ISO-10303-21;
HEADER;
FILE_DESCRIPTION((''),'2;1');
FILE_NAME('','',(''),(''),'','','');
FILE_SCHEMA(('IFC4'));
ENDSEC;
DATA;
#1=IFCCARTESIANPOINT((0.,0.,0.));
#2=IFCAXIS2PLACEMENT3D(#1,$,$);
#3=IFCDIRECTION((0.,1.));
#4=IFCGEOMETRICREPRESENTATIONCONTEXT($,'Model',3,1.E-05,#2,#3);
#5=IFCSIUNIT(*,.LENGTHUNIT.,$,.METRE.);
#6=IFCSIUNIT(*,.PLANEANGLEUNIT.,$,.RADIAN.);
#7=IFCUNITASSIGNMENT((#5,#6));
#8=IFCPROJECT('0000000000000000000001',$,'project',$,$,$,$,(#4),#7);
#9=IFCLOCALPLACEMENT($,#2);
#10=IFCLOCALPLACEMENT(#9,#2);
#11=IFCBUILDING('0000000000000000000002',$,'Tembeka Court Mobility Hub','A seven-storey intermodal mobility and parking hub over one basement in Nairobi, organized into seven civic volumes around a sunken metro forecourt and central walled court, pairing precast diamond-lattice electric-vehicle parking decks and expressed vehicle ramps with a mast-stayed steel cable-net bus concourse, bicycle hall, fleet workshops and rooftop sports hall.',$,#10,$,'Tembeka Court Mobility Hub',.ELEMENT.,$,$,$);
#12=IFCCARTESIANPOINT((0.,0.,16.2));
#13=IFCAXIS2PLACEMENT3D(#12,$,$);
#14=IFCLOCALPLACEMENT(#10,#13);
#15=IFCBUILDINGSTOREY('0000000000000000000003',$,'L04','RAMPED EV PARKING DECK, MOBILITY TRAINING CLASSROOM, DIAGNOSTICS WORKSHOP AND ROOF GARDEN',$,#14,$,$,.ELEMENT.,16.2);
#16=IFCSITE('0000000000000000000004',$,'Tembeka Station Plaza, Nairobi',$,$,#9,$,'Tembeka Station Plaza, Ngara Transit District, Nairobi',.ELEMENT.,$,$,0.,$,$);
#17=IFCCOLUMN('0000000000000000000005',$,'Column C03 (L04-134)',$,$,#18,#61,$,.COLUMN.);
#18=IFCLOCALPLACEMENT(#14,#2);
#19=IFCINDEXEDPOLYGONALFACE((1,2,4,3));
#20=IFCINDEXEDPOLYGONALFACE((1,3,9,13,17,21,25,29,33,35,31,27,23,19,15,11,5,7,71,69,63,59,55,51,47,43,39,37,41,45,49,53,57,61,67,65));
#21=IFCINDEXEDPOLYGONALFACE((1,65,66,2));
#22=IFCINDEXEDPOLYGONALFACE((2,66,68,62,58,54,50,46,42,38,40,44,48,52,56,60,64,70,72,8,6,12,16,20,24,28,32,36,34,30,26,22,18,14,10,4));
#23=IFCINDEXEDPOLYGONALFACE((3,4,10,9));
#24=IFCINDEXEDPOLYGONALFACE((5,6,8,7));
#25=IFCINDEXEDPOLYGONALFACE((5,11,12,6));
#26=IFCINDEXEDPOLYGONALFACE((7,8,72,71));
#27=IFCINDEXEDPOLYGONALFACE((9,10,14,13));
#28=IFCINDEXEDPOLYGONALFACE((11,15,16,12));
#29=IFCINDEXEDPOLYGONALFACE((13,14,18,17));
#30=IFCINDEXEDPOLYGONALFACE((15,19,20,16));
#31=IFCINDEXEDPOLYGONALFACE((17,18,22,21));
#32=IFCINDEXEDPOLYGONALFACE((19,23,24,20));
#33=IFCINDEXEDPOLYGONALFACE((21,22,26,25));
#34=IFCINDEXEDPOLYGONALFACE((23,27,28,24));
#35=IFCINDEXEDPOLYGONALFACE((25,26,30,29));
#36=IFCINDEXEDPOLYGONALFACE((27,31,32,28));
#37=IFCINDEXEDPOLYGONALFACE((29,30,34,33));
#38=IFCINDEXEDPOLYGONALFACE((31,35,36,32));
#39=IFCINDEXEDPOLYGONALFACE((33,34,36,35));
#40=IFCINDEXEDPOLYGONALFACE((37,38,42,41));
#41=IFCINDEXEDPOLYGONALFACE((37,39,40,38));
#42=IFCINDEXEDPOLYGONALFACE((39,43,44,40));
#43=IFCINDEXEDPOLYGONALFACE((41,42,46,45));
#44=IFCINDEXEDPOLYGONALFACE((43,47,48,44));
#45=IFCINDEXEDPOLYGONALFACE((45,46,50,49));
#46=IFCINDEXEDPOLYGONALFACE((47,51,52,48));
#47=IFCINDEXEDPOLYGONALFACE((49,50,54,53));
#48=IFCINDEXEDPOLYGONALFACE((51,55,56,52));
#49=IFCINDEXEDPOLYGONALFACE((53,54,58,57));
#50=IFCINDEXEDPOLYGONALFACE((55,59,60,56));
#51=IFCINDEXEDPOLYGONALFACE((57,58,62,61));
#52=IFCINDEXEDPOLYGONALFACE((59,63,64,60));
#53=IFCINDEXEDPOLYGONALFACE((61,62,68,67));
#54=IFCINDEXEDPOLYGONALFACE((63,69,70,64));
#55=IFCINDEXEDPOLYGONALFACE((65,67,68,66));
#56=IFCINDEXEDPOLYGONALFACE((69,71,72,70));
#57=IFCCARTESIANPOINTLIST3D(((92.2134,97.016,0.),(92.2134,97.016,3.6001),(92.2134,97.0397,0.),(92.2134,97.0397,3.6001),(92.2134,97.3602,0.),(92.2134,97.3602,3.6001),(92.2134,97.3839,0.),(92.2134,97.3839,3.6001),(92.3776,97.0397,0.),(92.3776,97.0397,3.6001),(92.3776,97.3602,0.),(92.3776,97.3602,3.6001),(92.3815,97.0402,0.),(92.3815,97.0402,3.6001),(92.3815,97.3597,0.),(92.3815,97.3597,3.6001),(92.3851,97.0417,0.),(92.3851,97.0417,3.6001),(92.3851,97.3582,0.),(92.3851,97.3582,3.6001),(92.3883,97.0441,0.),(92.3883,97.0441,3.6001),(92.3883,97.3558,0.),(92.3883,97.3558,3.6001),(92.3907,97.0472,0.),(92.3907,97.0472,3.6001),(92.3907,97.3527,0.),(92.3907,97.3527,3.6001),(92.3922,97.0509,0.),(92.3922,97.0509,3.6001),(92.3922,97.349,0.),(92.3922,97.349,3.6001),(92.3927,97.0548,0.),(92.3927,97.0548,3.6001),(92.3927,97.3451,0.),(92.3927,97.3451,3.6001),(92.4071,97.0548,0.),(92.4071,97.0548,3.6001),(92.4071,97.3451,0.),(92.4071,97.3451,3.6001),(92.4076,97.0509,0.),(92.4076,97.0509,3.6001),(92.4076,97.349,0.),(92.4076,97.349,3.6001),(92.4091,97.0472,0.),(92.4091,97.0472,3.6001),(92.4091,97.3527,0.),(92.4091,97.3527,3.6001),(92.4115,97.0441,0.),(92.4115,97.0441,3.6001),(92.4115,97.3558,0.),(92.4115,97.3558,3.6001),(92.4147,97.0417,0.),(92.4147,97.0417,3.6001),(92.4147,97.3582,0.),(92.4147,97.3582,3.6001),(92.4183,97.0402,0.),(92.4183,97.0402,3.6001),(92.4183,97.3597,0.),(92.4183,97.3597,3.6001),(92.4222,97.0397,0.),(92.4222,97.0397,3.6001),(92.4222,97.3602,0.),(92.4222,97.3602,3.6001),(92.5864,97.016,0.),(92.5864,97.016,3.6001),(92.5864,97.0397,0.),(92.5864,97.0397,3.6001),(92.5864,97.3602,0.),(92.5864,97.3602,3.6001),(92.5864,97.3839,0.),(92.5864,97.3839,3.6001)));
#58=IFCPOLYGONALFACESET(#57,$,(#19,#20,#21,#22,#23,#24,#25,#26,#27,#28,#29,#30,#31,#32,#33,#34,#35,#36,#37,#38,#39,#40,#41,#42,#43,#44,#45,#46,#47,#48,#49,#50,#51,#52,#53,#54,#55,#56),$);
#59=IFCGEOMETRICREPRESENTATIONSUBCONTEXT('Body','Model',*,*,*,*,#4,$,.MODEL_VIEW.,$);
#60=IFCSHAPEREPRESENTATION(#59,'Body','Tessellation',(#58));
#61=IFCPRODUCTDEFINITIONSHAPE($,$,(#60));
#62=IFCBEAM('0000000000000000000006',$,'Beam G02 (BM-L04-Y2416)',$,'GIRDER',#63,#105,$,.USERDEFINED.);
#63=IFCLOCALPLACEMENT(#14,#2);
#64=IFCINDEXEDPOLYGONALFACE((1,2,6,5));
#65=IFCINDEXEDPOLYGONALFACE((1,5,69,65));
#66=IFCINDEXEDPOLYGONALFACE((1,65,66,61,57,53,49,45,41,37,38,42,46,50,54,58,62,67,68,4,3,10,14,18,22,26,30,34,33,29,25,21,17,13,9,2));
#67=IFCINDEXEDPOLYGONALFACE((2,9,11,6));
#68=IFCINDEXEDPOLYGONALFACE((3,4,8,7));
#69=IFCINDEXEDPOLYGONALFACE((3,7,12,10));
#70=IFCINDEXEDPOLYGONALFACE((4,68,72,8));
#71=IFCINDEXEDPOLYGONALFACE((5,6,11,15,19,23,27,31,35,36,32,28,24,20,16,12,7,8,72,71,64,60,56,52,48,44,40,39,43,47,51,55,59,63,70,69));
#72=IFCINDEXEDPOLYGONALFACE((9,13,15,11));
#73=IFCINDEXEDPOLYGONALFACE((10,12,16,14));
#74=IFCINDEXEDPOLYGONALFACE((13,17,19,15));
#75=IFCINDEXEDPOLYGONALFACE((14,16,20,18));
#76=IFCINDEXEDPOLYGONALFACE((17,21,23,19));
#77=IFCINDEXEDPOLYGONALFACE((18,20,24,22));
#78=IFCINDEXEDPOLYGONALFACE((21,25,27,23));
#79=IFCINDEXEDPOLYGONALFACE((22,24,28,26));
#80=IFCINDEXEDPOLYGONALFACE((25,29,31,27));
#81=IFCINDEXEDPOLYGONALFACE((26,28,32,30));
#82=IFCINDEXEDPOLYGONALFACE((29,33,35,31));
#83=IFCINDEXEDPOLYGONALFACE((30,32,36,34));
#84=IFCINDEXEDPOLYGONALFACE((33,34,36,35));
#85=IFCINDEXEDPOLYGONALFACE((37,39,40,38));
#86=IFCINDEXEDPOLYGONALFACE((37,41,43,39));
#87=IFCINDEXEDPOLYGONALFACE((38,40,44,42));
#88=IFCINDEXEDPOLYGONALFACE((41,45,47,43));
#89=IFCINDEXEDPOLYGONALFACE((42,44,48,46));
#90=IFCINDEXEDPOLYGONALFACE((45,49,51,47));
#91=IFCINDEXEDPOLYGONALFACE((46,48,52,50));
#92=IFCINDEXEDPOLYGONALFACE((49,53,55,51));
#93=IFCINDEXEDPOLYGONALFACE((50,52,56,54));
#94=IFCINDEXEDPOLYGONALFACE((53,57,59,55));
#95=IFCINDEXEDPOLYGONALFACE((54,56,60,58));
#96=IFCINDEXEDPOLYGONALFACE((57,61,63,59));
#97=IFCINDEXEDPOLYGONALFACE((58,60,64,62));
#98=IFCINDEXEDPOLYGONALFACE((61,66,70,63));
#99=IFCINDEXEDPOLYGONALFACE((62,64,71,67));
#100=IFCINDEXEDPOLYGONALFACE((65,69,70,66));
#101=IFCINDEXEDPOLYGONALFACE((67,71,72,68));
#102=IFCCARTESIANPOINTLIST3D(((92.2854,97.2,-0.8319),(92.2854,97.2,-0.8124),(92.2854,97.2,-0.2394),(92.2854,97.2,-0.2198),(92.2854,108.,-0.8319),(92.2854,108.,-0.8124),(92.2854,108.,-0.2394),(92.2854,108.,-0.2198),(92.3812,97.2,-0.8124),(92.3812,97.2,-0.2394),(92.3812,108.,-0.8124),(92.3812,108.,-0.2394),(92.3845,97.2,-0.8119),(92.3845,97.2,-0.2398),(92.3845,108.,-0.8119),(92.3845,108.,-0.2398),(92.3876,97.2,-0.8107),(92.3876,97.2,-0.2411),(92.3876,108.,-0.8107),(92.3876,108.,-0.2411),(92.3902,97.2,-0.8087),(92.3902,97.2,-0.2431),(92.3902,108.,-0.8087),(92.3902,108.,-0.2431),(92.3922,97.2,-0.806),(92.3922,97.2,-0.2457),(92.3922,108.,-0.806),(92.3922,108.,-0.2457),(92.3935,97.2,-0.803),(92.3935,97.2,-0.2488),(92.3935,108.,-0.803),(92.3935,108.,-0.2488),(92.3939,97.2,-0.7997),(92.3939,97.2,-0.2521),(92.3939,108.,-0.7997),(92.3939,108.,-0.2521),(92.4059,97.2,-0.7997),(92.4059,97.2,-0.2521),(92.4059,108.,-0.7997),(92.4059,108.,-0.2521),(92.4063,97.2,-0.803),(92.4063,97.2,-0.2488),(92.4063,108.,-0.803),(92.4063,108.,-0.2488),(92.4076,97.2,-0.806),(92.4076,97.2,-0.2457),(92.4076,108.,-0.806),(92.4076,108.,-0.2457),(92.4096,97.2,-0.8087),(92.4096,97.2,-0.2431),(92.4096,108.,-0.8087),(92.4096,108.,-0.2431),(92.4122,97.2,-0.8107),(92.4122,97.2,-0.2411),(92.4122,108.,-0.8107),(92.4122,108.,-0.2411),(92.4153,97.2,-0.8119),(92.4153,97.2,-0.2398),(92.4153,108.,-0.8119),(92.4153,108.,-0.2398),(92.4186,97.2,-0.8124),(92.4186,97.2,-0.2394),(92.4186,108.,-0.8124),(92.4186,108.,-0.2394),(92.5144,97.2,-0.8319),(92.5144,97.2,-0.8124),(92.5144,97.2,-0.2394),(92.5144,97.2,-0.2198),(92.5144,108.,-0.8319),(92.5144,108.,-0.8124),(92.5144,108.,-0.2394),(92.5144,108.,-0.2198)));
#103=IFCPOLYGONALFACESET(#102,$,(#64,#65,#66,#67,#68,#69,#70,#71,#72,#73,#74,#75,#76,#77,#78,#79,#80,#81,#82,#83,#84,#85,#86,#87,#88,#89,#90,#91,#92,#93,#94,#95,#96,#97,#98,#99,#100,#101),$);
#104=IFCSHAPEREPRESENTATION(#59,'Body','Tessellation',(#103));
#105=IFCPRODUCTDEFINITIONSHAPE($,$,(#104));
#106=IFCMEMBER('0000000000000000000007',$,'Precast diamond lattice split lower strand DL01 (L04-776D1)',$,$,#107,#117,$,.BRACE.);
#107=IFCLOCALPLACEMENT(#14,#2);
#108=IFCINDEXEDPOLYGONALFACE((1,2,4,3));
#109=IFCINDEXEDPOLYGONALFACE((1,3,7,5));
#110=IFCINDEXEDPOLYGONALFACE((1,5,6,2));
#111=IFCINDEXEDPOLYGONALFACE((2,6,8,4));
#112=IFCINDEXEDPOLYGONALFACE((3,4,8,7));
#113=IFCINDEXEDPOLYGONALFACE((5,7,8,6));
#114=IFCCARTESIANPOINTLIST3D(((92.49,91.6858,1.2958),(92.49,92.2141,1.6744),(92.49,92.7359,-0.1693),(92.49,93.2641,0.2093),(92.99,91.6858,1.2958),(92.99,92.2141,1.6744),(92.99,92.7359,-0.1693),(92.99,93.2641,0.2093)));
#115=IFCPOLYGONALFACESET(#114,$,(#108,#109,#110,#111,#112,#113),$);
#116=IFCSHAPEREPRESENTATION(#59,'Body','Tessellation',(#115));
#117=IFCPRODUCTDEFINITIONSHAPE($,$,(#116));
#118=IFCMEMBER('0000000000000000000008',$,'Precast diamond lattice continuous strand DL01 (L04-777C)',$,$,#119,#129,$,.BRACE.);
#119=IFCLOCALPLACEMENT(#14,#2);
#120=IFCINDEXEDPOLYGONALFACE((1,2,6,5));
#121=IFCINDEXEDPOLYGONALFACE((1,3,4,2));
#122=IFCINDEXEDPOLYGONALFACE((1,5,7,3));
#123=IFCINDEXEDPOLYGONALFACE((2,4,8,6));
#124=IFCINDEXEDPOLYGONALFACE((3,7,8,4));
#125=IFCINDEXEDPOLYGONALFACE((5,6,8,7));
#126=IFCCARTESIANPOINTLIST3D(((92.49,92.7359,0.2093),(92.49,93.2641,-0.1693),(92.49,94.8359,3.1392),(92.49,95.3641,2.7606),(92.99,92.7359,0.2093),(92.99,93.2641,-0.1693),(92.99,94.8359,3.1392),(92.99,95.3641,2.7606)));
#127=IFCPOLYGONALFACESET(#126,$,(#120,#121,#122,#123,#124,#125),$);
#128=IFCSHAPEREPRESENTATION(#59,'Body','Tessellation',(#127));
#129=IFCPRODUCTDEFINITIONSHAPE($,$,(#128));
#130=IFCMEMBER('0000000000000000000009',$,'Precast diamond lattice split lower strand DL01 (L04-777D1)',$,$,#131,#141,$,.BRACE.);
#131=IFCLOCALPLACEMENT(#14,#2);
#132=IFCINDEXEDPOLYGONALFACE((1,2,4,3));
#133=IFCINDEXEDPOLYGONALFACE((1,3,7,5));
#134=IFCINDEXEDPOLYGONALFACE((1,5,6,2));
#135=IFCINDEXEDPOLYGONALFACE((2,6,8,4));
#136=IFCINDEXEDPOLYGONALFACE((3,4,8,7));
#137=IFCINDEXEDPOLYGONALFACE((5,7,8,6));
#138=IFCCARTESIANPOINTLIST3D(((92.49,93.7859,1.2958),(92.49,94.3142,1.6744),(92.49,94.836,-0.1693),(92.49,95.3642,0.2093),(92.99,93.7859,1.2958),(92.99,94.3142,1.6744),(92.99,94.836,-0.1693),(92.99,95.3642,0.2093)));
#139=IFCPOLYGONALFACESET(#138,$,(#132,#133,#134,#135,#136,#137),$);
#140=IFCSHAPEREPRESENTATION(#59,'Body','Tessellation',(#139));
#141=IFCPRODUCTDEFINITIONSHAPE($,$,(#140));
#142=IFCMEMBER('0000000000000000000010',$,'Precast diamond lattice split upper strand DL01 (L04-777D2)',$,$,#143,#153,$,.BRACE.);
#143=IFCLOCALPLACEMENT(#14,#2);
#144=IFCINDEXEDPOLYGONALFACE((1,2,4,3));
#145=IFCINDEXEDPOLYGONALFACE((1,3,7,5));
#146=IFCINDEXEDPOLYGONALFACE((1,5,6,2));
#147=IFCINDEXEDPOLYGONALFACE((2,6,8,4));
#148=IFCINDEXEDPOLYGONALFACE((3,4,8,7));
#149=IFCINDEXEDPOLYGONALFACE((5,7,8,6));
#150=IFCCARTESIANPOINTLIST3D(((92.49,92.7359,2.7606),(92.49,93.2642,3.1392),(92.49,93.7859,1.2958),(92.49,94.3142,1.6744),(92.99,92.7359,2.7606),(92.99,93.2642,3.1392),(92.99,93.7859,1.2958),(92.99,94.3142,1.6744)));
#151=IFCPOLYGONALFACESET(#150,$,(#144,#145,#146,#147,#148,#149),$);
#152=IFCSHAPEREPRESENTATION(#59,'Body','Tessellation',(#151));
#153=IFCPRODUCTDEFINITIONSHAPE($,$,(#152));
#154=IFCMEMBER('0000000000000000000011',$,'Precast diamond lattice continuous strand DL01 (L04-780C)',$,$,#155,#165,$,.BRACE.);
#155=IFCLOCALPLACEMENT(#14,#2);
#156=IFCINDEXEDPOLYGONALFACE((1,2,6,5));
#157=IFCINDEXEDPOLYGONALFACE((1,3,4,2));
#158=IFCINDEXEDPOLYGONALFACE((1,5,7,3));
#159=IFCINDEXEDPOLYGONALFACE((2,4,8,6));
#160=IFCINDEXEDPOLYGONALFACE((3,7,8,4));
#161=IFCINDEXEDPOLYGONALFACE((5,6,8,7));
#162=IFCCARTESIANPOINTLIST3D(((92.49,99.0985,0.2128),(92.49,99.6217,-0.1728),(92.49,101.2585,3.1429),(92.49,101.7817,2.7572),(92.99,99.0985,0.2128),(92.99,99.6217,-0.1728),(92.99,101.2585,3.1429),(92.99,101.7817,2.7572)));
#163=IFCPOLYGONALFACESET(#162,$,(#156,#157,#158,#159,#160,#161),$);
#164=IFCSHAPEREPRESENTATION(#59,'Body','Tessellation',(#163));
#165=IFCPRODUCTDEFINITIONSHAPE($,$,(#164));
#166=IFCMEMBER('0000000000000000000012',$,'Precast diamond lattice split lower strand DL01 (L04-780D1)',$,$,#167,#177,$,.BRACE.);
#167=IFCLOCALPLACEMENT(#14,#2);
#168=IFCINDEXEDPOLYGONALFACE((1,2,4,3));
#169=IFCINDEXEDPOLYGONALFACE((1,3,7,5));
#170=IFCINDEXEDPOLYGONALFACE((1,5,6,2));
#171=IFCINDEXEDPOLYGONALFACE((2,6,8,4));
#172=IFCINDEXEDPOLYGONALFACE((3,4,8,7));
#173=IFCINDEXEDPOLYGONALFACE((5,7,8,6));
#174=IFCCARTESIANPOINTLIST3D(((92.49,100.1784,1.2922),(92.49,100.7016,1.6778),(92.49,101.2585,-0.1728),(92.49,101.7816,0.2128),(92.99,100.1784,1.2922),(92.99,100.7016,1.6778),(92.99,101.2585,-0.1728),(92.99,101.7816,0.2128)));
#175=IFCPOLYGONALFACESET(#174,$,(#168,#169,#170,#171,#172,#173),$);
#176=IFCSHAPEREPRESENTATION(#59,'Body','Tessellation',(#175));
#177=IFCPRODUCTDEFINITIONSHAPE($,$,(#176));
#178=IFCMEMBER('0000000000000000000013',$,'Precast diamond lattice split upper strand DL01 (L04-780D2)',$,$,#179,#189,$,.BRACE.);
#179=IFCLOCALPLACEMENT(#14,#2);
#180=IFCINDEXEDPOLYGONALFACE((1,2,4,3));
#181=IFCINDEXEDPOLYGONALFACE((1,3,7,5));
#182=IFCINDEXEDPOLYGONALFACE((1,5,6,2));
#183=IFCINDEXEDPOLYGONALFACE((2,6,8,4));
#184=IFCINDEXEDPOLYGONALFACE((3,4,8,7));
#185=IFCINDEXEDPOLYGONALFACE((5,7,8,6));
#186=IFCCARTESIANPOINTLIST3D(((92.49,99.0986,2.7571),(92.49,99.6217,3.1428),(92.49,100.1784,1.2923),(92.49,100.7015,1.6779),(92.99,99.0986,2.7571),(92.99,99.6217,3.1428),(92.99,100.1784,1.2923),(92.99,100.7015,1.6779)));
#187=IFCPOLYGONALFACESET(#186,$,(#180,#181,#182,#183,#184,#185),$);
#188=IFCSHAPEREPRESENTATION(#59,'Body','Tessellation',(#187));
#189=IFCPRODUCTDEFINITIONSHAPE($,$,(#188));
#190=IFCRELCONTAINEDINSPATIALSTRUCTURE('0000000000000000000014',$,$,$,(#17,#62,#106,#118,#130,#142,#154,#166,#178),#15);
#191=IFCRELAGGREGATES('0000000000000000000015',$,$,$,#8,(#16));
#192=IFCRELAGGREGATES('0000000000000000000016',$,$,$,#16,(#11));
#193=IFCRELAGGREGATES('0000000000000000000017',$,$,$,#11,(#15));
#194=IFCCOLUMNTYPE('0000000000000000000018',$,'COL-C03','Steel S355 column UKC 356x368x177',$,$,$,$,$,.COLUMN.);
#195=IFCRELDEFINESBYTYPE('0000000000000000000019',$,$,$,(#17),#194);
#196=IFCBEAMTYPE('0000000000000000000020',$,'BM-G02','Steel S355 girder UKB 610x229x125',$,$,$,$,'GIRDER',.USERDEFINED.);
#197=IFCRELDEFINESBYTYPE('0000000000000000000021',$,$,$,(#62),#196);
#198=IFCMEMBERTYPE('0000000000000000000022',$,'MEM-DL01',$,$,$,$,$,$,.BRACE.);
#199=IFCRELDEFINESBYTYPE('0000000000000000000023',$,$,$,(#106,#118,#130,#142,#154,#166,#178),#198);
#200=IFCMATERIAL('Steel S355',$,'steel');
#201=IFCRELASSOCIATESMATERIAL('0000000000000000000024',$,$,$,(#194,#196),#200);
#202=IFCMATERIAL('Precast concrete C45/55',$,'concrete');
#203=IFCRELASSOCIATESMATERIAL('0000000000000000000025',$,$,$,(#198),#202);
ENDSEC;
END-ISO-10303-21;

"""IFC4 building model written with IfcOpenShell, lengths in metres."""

from ifc_helpers import new_model, si_unit, direction, frame, origin, origin_2d, place, context, subcontext, project, spatial, rectangle, i_section, extrude, material, material_profile, profile_set, type_object, element, save


model = new_model("IFC4")

# Units and contexts
model_context = context("Model", 3, precision=1e-05, world=origin(), true_north=direction((0.0, 1.0)))
body_context = subcontext(model_context, "Body", "Model", "MODEL_VIEW")
ifc_project = project(units=[si_unit("LENGTHUNIT", "METRE"), si_unit("PLANEANGLEUNIT", "RADIAN")], contexts=[model_context])

# Site, building, storey
site_placement = place(None, origin())
site = spatial("IfcSite", under=ifc_project, at=site_placement, Name="Tembeka Station Plaza, Nairobi", LongName="Tembeka Station Plaza, Ngara Transit District, Nairobi", CompositionType="ELEMENT", RefElevation=0.0)
building_placement = place(site_placement, origin())
building = spatial("IfcBuilding", under=site, at=building_placement, Name="Tembeka Court Mobility Hub", Description="A seven-storey intermodal mobility and parking hub over one basement in Nairobi, organized into seven civic volumes around a sunken metro forecourt and central walled court, pairing precast diamond-lattice electric-vehicle parking decks and expressed vehicle ramps with a mast-stayed steel cable-net bus concourse, bicycle hall, fleet workshops and rooftop sports hall.", LongName="Tembeka Court Mobility Hub", CompositionType="ELEMENT")
storey_placement = place(building_placement, frame((0.0, 0.0, 16.2)))
storey = spatial("IfcBuildingStorey", under=building, at=storey_placement, Name="L04", Description="RAMPED EV PARKING DECK, MOBILITY TRAINING CLASSROOM, DIAGNOSTICS WORKSHOP AND ROOF GARDEN", CompositionType="ELEMENT", Elevation=16.2)

# Column
ifc_material_1 = material(Name="Steel S355", Category="steel")
ifc_material_profile_1 = material_profile(ifc_material_1, i_section(OverallWidth=0.373, OverallDepth=0.3679, WebThickness=0.0144, FlangeThickness=0.0237, FilletRadius=0.0151, at=origin_2d()), Name="UKC 356x368x177")
ifc_profile_set_1 = profile_set([ifc_material_profile_1], Name="Steel S355")
column_type = type_object("IfcColumnType", Name="COL-C03", Description="Steel S355 column UKC 356x368x177", PredefinedType="COLUMN", material=ifc_profile_set_1)
column_placement = place(storey_placement, frame((92.3999, 97.2, 0.0), z_axis=(0.0, 0.0, 1.0), x_axis=(1.0, 0.0, 0.0)))
element("IfcColumn", 1, at=column_placement, inside=storey, type_object=column_type, Name="Column C03 (L04-134)", PredefinedType="COLUMN", context=body_context, shape_type="SweptSolid", body=[
    extrude(i_section(OverallWidth=0.373, OverallDepth=0.3679, WebThickness=0.0144, FlangeThickness=0.0237, FilletRadius=0.0151, at=origin_2d()), origin(), (0.0, 0.0, 1.0), 3.6001),
])

# Beam
ifc_material_profile_2 = material_profile(ifc_material_1, i_section(OverallWidth=0.229, OverallDepth=0.6121, WebThickness=0.012, FlangeThickness=0.0195, FilletRadius=0.0127, at=origin_2d()), Name="UKB 610x229x125")
ifc_profile_set_2 = profile_set([ifc_material_profile_2], Name="Steel S355")
beam_type = type_object("IfcBeamType", Name="BM-G02", Description="Steel S355 girder UKB 610x229x125", ElementType="GIRDER", PredefinedType="USERDEFINED", material=ifc_profile_set_2)
beam_placement = place(storey_placement, frame((92.3999, 97.2, -0.5259), z_axis=(0.0, 1.0, 0.0), x_axis=(-1.0, 0.0, 0.0)))
element("IfcBeam", 2, at=beam_placement, inside=storey, type_object=beam_type, Name="Beam G02 (BM-L04-Y2416)", ObjectType="GIRDER", PredefinedType="USERDEFINED", context=body_context, shape_type="SweptSolid", body=[
    extrude(i_section(OverallWidth=0.229, OverallDepth=0.6121, WebThickness=0.012, FlangeThickness=0.0195, FilletRadius=0.0127, at=origin_2d()), origin(), (0.0, 0.0, 1.0), 10.8),
])

# Members
ifc_material_2 = material(Name="Precast concrete C45/55", Category="concrete")
ifc_material_profile_3 = material_profile(ifc_material_2, rectangle(XDim=0.5, YDim=0.6499, at=origin_2d()), Name="PC-DIAG 500x650")
ifc_profile_set_3 = profile_set([ifc_material_profile_3], Name="Precast concrete C45/55")
member_type_1 = type_object("IfcMemberType", Name="MEM-DL01", PredefinedType="BRACE", material=ifc_profile_set_3)
member_1_placement = place(storey_placement, frame((92.74, 93.0, 0.02), z_axis=(0.0, -0.582544, 0.812799), x_axis=(1.0, 0.0, 0.0)))
element("IfcMember", 3, at=member_1_placement, inside=storey, type_object=member_type_1, Name="Precast diamond lattice split lower strand DL01 (L04-776D1)", PredefinedType="BRACE", context=body_context, shape_type="SweptSolid", body=[
    extrude(rectangle(XDim=0.5, YDim=0.6499, at=origin_2d()), origin(), (0.0, 0.0, 1.0), 1.8025),
])
member_2_placement = place(storey_placement, frame((92.74, 93.0, 0.02), z_axis=(0.0, 0.582576, 0.812776), x_axis=(-1.0, 0.0, 0.0)))
element("IfcMember", 4, at=member_2_placement, inside=storey, type_object=member_type_1, Name="Precast diamond lattice continuous strand DL01 (L04-777C)", PredefinedType="BRACE", context=body_context, shape_type="SweptSolid", body=[
    extrude(rectangle(XDim=0.5, YDim=0.6499, at=origin_2d()), origin(), (0.0, 0.0, 1.0), 3.6047),
])
member_3_placement = place(storey_placement, frame((92.74, 95.1001, 0.02), z_axis=(0.0, -0.582544, 0.812799), x_axis=(1.0, 0.0, 0.0)))
element("IfcMember", 5, at=member_3_placement, inside=storey, type_object=member_type_1, Name="Precast diamond lattice split lower strand DL01 (L04-777D1)", PredefinedType="BRACE", context=body_context, shape_type="SweptSolid", body=[
    extrude(rectangle(XDim=0.5, YDim=0.6499, at=origin_2d()), origin(), (0.0, 0.0, 1.0), 1.8025),
])
member_4_placement = place(storey_placement, frame((92.74, 94.05, 1.4851), z_axis=(0.0, -0.582608, 0.812753), x_axis=(1.0, 0.0, 0.0)))
element("IfcMember", 6, at=member_4_placement, inside=storey, type_object=member_type_1, Name="Precast diamond lattice split upper strand DL01 (L04-777D2)", PredefinedType="BRACE", context=body_context, shape_type="SweptSolid", body=[
    extrude(rectangle(XDim=0.5, YDim=0.6499, at=origin_2d()), origin(), (0.0, 0.0, 1.0), 1.8022),
])
member_5_placement = place(storey_placement, frame((92.74, 99.3601, 0.02), z_axis=(0.0, 0.59338, 0.804923), x_axis=(-1.0, 0.0, 0.0)))
element("IfcMember", 7, at=member_5_placement, inside=storey, type_object=member_type_1, Name="Precast diamond lattice continuous strand DL01 (L04-780C)", PredefinedType="BRACE", context=body_context, shape_type="SweptSolid", body=[
    extrude(rectangle(XDim=0.5, YDim=0.6499, at=origin_2d()), origin(), (0.0, 0.0, 1.0), 3.6401),
])
member_6_placement = place(storey_placement, frame((92.74, 101.52, 0.02), z_axis=(0.0, -0.593391, 0.804914), x_axis=(1.0, 0.0, 0.0)))
element("IfcMember", 8, at=member_6_placement, inside=storey, type_object=member_type_1, Name="Precast diamond lattice split lower strand DL01 (L04-780D1)", PredefinedType="BRACE", context=body_context, shape_type="SweptSolid", body=[
    extrude(rectangle(XDim=0.5, YDim=0.6499, at=origin_2d()), origin(), (0.0, 0.0, 1.0), 1.8201),
])
member_7_placement = place(storey_placement, frame((92.74, 100.4399, 1.4851), z_axis=(0.0, -0.593368, 0.804931), x_axis=(1.0, 0.0, 0.0)))
element("IfcMember", 9, at=member_7_placement, inside=storey, type_object=member_type_1, Name="Precast diamond lattice split upper strand DL01 (L04-780D2)", PredefinedType="BRACE", context=body_context, shape_type="SweptSolid", body=[
    extrude(rectangle(XDim=0.5, YDim=0.6499, at=origin_2d()), origin(), (0.0, 0.0, 1.0), 1.8198),
])

save(model, "model.ifc")
